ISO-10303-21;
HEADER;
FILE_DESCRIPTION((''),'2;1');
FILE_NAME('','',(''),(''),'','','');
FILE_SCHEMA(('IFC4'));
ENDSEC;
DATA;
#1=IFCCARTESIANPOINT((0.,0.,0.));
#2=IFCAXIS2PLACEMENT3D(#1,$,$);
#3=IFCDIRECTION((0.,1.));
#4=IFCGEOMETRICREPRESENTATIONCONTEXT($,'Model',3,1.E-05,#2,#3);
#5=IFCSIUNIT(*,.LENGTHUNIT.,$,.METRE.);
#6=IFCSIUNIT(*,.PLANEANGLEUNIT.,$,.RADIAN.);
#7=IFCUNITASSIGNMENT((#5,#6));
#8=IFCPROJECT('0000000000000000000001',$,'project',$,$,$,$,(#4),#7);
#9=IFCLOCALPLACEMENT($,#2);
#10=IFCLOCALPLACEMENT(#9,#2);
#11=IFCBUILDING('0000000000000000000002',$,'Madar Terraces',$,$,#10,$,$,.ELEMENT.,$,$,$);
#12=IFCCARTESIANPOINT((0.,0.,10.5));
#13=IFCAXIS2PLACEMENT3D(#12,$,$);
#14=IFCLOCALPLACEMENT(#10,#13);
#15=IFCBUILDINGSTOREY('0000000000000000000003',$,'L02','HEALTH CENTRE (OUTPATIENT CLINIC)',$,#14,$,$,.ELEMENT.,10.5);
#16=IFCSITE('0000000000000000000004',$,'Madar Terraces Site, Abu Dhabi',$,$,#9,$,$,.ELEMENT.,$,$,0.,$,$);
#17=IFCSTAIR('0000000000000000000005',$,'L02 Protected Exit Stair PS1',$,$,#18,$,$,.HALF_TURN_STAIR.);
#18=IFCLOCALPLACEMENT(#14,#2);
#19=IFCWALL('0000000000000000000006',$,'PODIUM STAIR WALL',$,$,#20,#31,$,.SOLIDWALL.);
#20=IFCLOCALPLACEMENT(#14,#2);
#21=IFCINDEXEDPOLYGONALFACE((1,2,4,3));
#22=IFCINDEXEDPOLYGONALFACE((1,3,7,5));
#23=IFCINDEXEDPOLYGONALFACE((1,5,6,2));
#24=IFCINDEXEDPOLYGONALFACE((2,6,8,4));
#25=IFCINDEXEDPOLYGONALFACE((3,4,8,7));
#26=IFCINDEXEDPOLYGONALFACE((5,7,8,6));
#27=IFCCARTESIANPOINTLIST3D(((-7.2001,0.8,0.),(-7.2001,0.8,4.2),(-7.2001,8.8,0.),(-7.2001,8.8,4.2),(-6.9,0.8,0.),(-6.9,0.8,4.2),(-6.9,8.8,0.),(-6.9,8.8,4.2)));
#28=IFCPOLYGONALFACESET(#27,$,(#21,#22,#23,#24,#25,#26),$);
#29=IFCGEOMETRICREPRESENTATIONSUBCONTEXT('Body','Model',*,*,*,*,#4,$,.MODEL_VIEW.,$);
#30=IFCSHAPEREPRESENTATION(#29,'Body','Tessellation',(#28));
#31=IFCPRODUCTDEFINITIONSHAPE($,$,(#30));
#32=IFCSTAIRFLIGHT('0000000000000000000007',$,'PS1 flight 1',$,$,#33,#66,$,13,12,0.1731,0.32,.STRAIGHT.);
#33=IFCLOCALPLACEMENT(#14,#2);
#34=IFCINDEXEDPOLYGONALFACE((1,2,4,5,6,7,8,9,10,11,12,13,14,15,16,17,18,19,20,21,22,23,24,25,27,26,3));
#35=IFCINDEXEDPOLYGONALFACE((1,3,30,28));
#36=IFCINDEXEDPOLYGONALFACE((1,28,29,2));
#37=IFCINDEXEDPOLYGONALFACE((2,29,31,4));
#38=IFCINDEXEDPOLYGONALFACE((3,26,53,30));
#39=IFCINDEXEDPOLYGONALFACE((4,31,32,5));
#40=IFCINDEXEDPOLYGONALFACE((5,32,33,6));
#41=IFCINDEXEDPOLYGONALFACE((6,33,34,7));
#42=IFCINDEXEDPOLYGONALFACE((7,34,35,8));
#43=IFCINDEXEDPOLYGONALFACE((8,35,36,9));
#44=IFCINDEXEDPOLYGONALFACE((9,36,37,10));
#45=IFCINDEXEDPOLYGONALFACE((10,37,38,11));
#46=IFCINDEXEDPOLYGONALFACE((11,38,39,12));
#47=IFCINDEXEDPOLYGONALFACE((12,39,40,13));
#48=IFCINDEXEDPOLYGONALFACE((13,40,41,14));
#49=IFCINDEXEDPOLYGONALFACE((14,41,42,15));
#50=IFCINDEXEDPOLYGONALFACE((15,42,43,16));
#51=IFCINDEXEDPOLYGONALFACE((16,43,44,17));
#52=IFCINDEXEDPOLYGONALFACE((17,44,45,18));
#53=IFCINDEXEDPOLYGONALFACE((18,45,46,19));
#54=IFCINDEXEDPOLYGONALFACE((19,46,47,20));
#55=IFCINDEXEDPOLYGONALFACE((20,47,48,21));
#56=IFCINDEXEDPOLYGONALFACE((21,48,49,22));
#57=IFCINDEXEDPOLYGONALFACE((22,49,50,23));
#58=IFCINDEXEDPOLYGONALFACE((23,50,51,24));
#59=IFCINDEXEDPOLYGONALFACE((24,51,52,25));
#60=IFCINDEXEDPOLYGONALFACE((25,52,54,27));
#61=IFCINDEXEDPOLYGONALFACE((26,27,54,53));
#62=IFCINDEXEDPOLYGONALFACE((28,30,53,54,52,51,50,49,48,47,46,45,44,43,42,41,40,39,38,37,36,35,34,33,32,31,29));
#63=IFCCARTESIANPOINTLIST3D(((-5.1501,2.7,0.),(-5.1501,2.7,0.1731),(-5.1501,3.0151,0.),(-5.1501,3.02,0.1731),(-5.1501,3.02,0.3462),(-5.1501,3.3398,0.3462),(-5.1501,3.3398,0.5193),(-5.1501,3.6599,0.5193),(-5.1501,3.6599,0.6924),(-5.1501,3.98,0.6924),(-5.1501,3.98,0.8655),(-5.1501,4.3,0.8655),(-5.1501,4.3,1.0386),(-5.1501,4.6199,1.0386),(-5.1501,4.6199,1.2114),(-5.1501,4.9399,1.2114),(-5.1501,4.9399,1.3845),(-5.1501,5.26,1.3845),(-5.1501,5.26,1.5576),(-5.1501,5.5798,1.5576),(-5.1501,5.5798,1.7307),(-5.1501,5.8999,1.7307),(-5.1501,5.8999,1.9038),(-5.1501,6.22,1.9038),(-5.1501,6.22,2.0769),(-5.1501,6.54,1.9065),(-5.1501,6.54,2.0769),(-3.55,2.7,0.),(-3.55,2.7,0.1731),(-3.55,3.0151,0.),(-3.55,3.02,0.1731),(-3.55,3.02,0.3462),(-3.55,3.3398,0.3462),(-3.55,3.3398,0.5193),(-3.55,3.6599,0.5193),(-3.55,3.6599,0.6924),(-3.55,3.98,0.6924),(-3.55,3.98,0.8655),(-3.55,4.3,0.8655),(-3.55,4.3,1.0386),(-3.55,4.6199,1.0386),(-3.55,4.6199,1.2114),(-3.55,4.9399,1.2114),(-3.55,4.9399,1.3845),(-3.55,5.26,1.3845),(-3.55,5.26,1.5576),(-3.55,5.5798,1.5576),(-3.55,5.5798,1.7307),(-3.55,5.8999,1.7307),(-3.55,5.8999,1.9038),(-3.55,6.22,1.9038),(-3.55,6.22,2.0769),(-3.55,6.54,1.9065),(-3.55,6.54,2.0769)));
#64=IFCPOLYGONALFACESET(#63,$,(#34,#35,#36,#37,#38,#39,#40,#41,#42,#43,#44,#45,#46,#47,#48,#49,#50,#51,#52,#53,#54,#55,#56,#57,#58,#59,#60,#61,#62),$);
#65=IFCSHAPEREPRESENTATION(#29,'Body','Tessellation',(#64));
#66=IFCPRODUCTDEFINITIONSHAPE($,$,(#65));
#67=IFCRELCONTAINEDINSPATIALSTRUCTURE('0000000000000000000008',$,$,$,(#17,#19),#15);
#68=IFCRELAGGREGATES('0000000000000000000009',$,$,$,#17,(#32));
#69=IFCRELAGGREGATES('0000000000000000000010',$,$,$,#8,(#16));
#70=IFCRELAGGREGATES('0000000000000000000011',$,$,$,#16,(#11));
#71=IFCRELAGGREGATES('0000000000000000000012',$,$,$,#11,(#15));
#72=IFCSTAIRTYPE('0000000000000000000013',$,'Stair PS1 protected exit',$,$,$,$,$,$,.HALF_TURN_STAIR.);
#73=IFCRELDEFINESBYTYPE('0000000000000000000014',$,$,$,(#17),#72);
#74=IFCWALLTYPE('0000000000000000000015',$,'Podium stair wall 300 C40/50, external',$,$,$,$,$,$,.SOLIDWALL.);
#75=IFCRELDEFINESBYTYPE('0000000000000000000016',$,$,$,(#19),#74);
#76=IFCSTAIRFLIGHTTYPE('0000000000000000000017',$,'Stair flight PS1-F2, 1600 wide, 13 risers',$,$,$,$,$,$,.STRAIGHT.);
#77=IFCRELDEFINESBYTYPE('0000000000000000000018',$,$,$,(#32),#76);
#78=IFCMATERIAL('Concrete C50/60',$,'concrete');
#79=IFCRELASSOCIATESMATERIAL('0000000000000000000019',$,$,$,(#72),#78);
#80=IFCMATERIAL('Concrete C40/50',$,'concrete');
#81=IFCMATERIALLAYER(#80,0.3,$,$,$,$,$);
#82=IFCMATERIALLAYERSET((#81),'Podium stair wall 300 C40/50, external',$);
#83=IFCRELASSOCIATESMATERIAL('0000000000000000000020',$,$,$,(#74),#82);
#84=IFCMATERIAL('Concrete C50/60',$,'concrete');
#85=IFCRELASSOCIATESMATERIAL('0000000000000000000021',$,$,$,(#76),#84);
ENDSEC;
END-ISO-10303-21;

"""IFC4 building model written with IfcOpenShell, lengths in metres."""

from ifc_helpers import new_model, si_unit, direction, frame, frame_2d, origin, place, context, subcontext, project, spatial, polyline, rectangle, outline, extrude, material, layer, layer_set, type_object, element, aggregate, save


model = new_model("IFC4")

# Units and contexts
model_context = context("Model", 3, precision=1e-05, world=origin(), true_north=direction((0.0, 1.0)))
body_context = subcontext(model_context, "Body", "Model", "MODEL_VIEW")
ifc_project = project(units=[si_unit("LENGTHUNIT", "METRE"), si_unit("PLANEANGLEUNIT", "RADIAN")], contexts=[model_context])

# Site, building, storey
site_placement = place(None, origin())
site = spatial("IfcSite", under=ifc_project, at=site_placement, Name="Madar Terraces Site, Abu Dhabi", CompositionType="ELEMENT", RefElevation=0.0)
building_placement = place(site_placement, origin())
building = spatial("IfcBuilding", under=site, at=building_placement, Name="Madar Terraces", CompositionType="ELEMENT")
storey_placement = place(building_placement, frame((0.0, 0.0, 10.5)))
storey = spatial("IfcBuildingStorey", under=building, at=storey_placement, Name="L02", Description="HEALTH CENTRE (OUTPATIENT CLINIC)", CompositionType="ELEMENT", Elevation=10.5)

# Stair
ifc_material_1 = material(Name="Concrete C50/60", Category="concrete")
stair_type_1 = type_object("IfcStairType", Name="Stair PS1 protected exit", PredefinedType="HALF_TURN_STAIR", material=ifc_material_1)
stair_1_placement = place(storey_placement, origin())
stair_1 = element("IfcStair", 1, at=stair_1_placement, inside=storey, type_object=stair_type_1, Name="L02 Protected Exit Stair PS1", PredefinedType="HALF_TURN_STAIR")

# Wall
ifc_material_2 = material(Name="Concrete C40/50", Category="concrete")
ifc_layer_1 = layer(ifc_material_2, 0.3)
ifc_layer_set_1 = layer_set([ifc_layer_1], Name="Podium stair wall 300 C40/50, external")
wall_type_1 = type_object("IfcWallType", Name="Podium stair wall 300 C40/50, external", PredefinedType="SOLIDWALL", material=ifc_layer_set_1)
wall_1_placement = place(storey_placement, frame((-7.05, 0.8, 0.0), z_axis=(0.0, 0.0, 1.0), x_axis=(0.0, 1.0, 0.0)))
element("IfcWall", 2, at=wall_1_placement, inside=storey, type_object=wall_type_1, Name="PODIUM STAIR WALL", PredefinedType="SOLIDWALL", context=body_context, shape_type="SweptSolid", body=[
    extrude(rectangle(XDim=8.0, YDim=0.3, at=frame_2d((4.0, 0.0))), origin(), (0.0, 0.0, 1.0), 4.2),
])

# Stair flight
ifc_material_3 = material(Name="Concrete C50/60", Category="concrete")
stair_flight_type = type_object("IfcStairFlightType", Name="Stair flight PS1-F2, 1600 wide, 13 risers", PredefinedType="STRAIGHT", material=ifc_material_3)
stair_flight_placement = place(storey_placement, frame((-4.3501, 2.7, 0.0), z_axis=(0.0, 0.0, 1.0), x_axis=(0.0, 1.0, 0.0)))
stair_flight = element("IfcStairFlight", 3, at=stair_flight_placement, type_object=stair_flight_type, Name="PS1 flight 1", NumberOfRisers=13, NumberOfTreads=12, PredefinedType="STRAIGHT", RiserHeight=0.1731, TreadLength=0.32, context=body_context, shape_type="SweptSolid", body=[
    extrude(outline(polyline([(0.0, 0.0), (0.0, 0.1731), (0.3201, 0.1731), (0.3201, 0.3462), (0.6399, 0.3462), (0.6399, 0.5193), (0.96, 0.5193), (0.96, 0.6924), (1.28, 0.6924), (1.28, 0.8655), (1.6001, 0.8655), (1.6001, 1.0386), (1.9199, 1.0386), (1.9199, 1.2114), (2.24, 1.2114), (2.24, 1.3845), (2.5601, 1.3845), (2.5601, 1.5576), (2.8799, 1.5576), (2.8799, 1.7307), (3.2, 1.7307), (3.2, 1.9038), (3.52, 1.9038), (3.52, 2.0769), (3.8401, 2.0769), (3.8401, 2.25), (3.8401, 1.9065), (0.3152, 0.0), (0.0, 0.0)])), frame((0.0, 0.8, 0.0), z_axis=(0.0, -1.0, 0.0), x_axis=(1.0, 0.0, 0.0)), (0.0, 0.0, 1.0), 1.6001),
])
aggregate(stair_1, [stair_flight])

save(model, "model.ifc")
